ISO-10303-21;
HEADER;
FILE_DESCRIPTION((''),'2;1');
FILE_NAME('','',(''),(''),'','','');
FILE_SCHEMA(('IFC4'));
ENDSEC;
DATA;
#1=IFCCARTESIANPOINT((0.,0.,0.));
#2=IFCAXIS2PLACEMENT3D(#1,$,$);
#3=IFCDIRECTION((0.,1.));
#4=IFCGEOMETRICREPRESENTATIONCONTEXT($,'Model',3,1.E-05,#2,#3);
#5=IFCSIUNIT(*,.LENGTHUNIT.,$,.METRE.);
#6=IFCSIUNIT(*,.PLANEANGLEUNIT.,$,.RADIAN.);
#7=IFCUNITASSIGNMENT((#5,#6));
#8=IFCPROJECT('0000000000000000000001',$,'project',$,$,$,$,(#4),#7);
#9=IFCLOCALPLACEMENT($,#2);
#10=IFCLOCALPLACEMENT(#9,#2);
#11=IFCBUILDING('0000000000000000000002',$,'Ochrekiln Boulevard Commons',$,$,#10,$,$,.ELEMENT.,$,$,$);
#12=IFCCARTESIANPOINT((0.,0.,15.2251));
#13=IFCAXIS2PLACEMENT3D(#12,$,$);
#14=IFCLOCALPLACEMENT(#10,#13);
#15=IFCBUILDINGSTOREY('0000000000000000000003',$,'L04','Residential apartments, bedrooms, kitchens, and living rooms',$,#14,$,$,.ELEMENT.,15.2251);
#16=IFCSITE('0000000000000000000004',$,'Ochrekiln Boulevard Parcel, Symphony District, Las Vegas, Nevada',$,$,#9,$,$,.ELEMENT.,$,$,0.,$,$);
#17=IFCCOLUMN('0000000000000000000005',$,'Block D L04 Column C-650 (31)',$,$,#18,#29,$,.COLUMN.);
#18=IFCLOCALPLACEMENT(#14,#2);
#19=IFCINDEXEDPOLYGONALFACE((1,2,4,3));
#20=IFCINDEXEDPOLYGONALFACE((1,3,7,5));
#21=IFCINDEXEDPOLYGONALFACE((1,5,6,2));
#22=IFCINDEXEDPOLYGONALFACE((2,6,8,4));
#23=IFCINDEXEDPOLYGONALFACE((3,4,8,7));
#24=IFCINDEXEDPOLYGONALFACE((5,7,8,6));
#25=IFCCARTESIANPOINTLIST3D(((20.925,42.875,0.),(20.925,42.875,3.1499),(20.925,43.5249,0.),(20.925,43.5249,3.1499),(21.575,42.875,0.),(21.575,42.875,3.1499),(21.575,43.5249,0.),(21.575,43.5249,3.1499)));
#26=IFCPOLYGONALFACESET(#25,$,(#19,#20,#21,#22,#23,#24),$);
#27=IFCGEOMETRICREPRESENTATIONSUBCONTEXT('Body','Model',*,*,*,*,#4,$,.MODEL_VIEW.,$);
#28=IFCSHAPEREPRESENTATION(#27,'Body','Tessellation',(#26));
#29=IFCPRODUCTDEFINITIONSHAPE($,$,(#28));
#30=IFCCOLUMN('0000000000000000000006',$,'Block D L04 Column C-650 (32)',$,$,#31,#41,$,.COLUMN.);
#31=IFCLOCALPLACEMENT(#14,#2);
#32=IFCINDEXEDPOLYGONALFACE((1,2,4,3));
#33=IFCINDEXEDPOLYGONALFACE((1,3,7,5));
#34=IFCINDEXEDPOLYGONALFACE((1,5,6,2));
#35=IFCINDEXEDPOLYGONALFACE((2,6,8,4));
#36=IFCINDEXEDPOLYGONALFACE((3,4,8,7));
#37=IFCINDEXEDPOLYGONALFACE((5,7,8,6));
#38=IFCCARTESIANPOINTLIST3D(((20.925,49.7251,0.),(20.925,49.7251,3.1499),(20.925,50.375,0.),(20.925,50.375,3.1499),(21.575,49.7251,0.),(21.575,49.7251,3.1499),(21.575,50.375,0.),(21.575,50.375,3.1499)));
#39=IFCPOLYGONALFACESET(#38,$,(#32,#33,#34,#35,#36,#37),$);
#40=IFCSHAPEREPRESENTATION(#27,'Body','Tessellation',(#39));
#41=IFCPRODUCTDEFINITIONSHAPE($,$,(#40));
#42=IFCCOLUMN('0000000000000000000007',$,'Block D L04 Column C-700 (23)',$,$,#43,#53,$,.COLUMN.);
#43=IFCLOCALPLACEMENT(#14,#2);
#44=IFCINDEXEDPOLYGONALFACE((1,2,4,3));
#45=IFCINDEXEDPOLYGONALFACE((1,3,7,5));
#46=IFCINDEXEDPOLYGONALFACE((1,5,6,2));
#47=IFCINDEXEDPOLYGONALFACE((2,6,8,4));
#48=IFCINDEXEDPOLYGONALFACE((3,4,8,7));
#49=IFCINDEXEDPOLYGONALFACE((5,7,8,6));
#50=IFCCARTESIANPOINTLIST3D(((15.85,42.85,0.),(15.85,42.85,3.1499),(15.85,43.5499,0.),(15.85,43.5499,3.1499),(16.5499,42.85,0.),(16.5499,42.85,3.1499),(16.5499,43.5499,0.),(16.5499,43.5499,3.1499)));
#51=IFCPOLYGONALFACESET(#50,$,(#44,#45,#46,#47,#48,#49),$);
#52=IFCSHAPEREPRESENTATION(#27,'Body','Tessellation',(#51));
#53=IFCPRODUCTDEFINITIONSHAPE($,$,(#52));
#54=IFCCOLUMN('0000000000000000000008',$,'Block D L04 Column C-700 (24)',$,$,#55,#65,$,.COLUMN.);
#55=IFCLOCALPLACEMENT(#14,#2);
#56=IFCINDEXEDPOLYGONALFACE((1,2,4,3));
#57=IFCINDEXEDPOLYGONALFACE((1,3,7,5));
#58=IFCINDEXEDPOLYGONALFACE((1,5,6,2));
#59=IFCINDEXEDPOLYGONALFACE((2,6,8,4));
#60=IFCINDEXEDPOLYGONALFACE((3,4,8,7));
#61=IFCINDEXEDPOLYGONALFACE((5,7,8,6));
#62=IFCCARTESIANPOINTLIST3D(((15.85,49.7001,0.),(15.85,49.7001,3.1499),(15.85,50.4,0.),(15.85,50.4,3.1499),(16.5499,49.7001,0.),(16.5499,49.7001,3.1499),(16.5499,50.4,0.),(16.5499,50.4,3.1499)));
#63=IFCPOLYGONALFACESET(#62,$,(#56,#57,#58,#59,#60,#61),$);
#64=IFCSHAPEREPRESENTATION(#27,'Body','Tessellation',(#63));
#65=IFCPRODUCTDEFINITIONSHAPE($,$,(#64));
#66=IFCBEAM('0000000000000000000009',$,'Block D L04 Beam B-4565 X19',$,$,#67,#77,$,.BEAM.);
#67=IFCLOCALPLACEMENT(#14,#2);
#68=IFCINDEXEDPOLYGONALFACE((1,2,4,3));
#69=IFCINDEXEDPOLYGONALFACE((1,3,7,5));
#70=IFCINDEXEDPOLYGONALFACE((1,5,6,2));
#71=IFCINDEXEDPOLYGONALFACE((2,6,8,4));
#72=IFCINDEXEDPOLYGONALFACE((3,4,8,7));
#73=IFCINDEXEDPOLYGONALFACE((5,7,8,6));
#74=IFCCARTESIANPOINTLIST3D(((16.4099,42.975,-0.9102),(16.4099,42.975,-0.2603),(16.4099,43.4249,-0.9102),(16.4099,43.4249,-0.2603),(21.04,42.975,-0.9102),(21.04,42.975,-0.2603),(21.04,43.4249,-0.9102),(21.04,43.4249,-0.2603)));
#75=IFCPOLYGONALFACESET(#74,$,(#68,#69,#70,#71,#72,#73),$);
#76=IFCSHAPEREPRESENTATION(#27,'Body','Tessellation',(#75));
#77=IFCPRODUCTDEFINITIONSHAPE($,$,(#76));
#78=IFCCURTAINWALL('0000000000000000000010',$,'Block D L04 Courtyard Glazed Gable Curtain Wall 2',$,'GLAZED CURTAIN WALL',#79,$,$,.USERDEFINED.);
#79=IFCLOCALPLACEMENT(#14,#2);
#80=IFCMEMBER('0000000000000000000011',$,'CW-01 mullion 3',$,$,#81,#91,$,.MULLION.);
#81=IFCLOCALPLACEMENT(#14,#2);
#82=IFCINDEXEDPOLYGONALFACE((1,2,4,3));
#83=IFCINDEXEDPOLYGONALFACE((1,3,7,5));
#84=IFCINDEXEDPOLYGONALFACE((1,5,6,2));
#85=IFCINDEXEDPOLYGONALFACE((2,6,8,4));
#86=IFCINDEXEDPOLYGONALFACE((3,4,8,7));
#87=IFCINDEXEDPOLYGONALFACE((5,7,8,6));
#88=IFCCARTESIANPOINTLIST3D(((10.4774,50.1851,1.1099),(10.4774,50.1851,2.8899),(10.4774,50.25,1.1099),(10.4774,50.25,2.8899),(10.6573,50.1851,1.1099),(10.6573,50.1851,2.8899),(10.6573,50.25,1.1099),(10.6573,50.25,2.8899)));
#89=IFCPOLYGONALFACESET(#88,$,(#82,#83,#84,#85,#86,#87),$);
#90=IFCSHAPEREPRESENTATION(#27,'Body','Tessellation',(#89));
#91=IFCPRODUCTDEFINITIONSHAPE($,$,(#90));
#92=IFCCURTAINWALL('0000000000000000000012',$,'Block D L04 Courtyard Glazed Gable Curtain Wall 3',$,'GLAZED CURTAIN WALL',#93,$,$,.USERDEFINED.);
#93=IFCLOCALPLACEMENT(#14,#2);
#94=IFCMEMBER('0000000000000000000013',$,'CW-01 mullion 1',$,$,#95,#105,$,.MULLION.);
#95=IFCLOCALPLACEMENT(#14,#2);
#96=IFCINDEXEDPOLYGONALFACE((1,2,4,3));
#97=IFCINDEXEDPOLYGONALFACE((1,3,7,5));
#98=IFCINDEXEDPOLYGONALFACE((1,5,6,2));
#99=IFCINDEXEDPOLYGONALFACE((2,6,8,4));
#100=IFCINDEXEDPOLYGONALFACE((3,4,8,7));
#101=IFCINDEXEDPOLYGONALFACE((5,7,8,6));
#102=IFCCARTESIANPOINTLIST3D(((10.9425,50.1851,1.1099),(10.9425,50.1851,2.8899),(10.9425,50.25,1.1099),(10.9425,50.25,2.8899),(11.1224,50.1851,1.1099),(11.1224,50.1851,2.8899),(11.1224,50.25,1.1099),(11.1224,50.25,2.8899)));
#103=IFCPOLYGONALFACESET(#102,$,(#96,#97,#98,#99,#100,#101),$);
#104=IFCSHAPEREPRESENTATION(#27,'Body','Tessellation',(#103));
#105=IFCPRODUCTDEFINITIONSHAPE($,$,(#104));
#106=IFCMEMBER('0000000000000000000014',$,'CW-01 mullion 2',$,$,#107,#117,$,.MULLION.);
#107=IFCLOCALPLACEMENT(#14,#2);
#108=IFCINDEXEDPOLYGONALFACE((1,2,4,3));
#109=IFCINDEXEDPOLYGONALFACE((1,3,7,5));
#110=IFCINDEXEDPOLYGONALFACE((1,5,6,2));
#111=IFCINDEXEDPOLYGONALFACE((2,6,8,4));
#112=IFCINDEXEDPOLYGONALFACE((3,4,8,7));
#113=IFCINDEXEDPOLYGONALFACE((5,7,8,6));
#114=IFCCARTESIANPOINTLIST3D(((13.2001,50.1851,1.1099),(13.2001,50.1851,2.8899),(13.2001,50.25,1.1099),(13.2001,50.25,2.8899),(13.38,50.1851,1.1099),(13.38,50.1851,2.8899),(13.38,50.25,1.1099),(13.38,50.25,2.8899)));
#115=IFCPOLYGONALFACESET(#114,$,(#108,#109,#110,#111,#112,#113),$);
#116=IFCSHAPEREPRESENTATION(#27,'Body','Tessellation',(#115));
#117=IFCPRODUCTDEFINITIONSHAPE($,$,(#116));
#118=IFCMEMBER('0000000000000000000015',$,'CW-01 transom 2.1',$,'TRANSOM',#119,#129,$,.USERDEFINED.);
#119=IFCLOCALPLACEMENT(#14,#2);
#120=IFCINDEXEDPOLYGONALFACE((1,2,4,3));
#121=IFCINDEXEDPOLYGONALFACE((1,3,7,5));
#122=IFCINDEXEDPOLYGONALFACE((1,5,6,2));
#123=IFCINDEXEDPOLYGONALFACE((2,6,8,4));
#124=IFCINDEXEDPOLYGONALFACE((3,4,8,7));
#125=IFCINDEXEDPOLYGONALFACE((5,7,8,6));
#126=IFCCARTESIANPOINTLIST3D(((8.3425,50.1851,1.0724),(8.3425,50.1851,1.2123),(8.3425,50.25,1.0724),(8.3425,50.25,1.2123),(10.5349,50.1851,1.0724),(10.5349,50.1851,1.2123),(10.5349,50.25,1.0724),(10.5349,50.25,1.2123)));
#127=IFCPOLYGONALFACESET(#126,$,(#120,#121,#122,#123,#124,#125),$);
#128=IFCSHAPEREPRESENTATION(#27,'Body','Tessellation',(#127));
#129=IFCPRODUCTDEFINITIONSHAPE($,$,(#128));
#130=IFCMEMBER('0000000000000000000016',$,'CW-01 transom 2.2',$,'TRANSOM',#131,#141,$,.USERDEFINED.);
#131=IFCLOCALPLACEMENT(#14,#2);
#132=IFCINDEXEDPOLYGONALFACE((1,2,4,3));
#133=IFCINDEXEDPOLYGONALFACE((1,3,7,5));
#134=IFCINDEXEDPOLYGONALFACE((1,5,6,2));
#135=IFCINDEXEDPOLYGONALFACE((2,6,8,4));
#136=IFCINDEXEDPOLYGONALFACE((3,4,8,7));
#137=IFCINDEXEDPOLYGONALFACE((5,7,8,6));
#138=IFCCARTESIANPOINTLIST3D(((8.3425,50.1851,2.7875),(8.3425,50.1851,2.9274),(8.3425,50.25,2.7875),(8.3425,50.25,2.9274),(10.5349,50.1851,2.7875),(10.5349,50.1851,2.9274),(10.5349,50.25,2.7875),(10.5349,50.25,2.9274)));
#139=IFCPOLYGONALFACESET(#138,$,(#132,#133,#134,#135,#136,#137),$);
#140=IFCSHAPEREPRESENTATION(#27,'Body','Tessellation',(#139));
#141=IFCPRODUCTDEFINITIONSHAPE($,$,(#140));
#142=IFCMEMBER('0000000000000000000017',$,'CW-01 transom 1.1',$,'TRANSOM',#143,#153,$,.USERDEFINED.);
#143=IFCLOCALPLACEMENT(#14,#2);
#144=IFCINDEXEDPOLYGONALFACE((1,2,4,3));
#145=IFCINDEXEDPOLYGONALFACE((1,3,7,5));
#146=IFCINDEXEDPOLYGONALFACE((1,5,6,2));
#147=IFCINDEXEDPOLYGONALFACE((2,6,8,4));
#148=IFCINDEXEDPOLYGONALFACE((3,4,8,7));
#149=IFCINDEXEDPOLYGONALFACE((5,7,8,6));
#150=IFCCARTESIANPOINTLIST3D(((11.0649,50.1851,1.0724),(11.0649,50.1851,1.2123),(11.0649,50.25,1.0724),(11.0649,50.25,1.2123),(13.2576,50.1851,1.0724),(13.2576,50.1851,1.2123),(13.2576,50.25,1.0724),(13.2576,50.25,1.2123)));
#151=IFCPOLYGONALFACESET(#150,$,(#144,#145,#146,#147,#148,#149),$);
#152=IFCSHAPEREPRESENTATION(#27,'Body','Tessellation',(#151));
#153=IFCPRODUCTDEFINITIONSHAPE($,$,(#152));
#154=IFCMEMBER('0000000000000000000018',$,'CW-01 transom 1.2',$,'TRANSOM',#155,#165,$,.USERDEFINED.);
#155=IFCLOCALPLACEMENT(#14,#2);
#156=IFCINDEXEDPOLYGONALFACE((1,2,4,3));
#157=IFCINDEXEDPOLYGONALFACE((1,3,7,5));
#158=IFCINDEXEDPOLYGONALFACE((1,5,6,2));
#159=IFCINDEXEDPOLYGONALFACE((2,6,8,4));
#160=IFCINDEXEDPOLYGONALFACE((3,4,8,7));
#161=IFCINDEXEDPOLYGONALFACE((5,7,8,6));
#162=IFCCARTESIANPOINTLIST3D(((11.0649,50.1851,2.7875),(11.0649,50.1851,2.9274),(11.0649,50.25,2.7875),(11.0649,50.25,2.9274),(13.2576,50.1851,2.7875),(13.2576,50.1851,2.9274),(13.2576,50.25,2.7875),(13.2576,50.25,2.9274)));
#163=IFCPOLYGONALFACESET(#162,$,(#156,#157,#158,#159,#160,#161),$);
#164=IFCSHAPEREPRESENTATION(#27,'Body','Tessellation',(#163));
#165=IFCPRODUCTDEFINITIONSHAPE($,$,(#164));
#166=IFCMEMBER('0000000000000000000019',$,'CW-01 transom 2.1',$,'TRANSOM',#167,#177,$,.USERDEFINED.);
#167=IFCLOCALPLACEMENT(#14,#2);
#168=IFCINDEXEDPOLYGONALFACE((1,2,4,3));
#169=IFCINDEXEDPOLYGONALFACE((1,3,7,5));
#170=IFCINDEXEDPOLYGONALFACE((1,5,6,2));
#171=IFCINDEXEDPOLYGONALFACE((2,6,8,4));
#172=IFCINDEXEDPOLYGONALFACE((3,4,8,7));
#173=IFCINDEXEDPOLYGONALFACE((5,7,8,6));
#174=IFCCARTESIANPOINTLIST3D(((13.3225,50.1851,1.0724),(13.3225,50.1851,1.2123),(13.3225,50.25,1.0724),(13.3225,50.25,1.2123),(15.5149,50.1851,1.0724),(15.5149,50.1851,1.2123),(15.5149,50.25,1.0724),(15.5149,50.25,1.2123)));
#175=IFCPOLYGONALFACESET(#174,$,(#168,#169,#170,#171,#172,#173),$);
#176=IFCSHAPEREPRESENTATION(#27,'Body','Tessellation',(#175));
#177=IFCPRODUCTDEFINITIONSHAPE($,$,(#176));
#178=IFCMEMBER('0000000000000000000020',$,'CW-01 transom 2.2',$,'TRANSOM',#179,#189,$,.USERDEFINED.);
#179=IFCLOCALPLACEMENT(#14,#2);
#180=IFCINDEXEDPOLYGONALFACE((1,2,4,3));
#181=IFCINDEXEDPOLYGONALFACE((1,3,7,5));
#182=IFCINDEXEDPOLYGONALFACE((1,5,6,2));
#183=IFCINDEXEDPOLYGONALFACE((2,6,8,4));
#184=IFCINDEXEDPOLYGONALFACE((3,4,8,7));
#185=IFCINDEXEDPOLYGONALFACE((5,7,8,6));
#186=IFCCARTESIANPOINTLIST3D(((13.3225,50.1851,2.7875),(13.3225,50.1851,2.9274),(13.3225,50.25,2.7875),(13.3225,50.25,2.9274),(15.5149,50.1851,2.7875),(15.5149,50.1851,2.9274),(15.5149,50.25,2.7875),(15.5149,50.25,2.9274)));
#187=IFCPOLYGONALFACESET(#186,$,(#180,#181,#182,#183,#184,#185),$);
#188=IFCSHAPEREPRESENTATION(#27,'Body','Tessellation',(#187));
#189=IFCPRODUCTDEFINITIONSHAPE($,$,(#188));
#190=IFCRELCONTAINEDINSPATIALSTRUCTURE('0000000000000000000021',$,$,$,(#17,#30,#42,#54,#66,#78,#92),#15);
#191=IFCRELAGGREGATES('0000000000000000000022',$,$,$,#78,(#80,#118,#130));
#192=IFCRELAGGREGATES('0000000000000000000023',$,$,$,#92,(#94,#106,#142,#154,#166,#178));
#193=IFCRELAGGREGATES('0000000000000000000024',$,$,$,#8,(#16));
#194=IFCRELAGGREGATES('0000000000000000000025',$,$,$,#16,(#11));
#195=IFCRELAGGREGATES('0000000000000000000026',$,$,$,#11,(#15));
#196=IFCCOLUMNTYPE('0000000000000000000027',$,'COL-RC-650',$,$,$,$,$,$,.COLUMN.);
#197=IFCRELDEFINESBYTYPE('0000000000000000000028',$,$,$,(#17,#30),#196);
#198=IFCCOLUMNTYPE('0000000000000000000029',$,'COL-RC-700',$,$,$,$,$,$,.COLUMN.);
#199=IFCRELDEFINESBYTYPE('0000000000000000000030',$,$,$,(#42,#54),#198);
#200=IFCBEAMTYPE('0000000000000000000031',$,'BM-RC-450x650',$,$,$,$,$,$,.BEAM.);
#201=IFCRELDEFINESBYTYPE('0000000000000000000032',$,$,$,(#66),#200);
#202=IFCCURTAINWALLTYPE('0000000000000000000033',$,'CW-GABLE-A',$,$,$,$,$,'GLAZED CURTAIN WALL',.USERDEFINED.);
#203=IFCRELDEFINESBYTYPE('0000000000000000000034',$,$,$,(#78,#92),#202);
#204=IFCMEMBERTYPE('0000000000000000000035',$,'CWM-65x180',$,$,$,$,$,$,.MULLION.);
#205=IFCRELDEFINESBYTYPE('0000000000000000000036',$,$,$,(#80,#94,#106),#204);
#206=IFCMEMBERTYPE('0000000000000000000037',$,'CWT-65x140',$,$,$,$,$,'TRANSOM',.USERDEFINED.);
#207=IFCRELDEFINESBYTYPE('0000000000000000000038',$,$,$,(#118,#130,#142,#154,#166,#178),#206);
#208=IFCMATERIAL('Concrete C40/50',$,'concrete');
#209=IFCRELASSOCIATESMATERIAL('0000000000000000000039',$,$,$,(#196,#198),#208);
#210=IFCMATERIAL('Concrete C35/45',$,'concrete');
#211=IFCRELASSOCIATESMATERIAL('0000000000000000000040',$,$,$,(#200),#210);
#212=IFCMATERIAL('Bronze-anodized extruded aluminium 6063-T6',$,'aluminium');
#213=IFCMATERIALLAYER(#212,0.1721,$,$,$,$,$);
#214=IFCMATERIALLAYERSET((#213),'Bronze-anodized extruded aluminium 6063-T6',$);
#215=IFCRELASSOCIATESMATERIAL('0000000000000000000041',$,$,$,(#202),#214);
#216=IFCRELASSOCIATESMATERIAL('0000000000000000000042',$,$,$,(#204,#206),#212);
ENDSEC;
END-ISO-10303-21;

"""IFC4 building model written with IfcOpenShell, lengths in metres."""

from ifc_helpers import new_model, si_unit, direction, frame, origin, origin_2d, place, context, subcontext, project, spatial, rectangle, extrude, material, layer, layer_set, material_profile, profile_set, type_object, element, aggregate, save


model = new_model("IFC4")

# Units and contexts
model_context = context("Model", 3, precision=1e-05, world=origin(), true_north=direction((0.0, 1.0)))
body_context = subcontext(model_context, "Body", "Model", "MODEL_VIEW")
ifc_project = project(units=[si_unit("LENGTHUNIT", "METRE"), si_unit("PLANEANGLEUNIT", "RADIAN")], contexts=[model_context])

# Site, building, storey
site_placement = place(None, origin())
site = spatial("IfcSite", under=ifc_project, at=site_placement, Name="Ochrekiln Boulevard Parcel, Symphony District, Las Vegas, Nevada", CompositionType="ELEMENT", RefElevation=0.0)
building_placement = place(site_placement, origin())
building = spatial("IfcBuilding", under=site, at=building_placement, Name="Ochrekiln Boulevard Commons", CompositionType="ELEMENT")
storey_placement = place(building_placement, frame((0.0, 0.0, 15.2251)))
storey = spatial("IfcBuildingStorey", under=building, at=storey_placement, Name="L04", Description="Residential apartments, bedrooms, kitchens, and living rooms", CompositionType="ELEMENT", Elevation=15.2251)

# Columns
ifc_material_1 = material(Name="Concrete C40/50", Category="concrete")
ifc_material_profile_1 = material_profile(ifc_material_1, rectangle(XDim=0.6499, YDim=0.6499, at=origin_2d()), Name="RC-COL-650x650")
ifc_profile_set_1 = profile_set([ifc_material_profile_1], Name="Concrete C40/50")
column_type_1 = type_object("IfcColumnType", Name="COL-RC-650", PredefinedType="COLUMN", material=ifc_profile_set_1)
for number, where, z_axis, x_axis, name in (
    (1, (21.25, 43.2, 0.0), (0.0, 0.0, 1.0), (1.0, 0.0, 0.0), "Block D L04 Column C-650 (31)"),
    (2, (21.25, 50.05, 0.0), (0.0, 0.0, 1.0), (1.0, 0.0, 0.0), "Block D L04 Column C-650 (32)"),
):
    element("IfcColumn", number, at=place(storey_placement, frame(where, z_axis=z_axis, x_axis=x_axis)), inside=storey, type_object=column_type_1, Name=name, PredefinedType="COLUMN", context=body_context, shape_type="SweptSolid", body=[
        extrude(rectangle(XDim=0.6499, YDim=0.6499, at=origin_2d()), origin(), (0.0, 0.0, 1.0), 3.1499),
    ])
ifc_material_profile_2 = material_profile(ifc_material_1, rectangle(XDim=0.7, YDim=0.7, at=origin_2d()), Name="RC-COL-700x700")
ifc_profile_set_2 = profile_set([ifc_material_profile_2], Name="Concrete C40/50")
column_type_2 = type_object("IfcColumnType", Name="COL-RC-700", PredefinedType="COLUMN", material=ifc_profile_set_2)
for number, where, z_axis, x_axis, name in (
    (3, (16.2, 43.2, 0.0), (0.0, 0.0, 1.0), (1.0, 0.0, 0.0), "Block D L04 Column C-700 (23)"),
    (4, (16.2, 50.05, 0.0), (0.0, 0.0, 1.0), (1.0, 0.0, 0.0), "Block D L04 Column C-700 (24)"),
):
    element("IfcColumn", number, at=place(storey_placement, frame(where, z_axis=z_axis, x_axis=x_axis)), inside=storey, type_object=column_type_2, Name=name, PredefinedType="COLUMN", context=body_context, shape_type="SweptSolid", body=[
        extrude(rectangle(XDim=0.7, YDim=0.7, at=origin_2d()), origin(), (0.0, 0.0, 1.0), 3.1499),
    ])

# Beam
ifc_material_2 = material(Name="Concrete C35/45", Category="concrete")
ifc_material_profile_3 = material_profile(ifc_material_2, rectangle(XDim=0.45, YDim=0.6499, at=origin_2d()), Name="RC-BM-450x650")
ifc_profile_set_3 = profile_set([ifc_material_profile_3], Name="Concrete C35/45")
beam_type_1 = type_object("IfcBeamType", Name="BM-RC-450x650", PredefinedType="BEAM", material=ifc_profile_set_3)
beam_1_placement = place(storey_placement, frame((16.4099, 43.2, -0.5852), z_axis=(1.0, 0.0, 0.0), x_axis=(0.0, 1.0, 0.0)))
element("IfcBeam", 5, at=beam_1_placement, inside=storey, type_object=beam_type_1, Name="Block D L04 Beam B-4565 X19", PredefinedType="BEAM", context=body_context, shape_type="SweptSolid", body=[
    extrude(rectangle(XDim=0.45, YDim=0.6499, at=origin_2d()), origin(), (0.0, 0.0, 1.0), 4.6301),
])

# Curtain wall, member
ifc_material_3 = material(Name="Bronze-anodized extruded aluminium 6063-T6", Category="aluminium")
ifc_layer_1 = layer(ifc_material_3, 0.1721)
ifc_layer_set_1 = layer_set([ifc_layer_1], Name="Bronze-anodized extruded aluminium 6063-T6")
curtain_wall_type = type_object("IfcCurtainWallType", Name="CW-GABLE-A", ElementType="GLAZED CURTAIN WALL", PredefinedType="USERDEFINED", material=ifc_layer_set_1)
curtain_wall_1_placement = place(storey_placement, origin())
curtain_wall_1 = element("IfcCurtainWall", 6, at=curtain_wall_1_placement, inside=storey, type_object=curtain_wall_type, Name="Block D L04 Courtyard Glazed Gable Curtain Wall 2", ObjectType="GLAZED CURTAIN WALL", PredefinedType="USERDEFINED")
ifc_material_profile_4 = material_profile(ifc_material_3, rectangle(XDim=0.0649, YDim=0.1799, at=origin_2d()), Name="ALU-MUL-65x180")
ifc_profile_set_4 = profile_set([ifc_material_profile_4], Name="Bronze-anodized extruded aluminium 6063-T6")
member_type_1 = type_object("IfcMemberType", Name="CWM-65x180", PredefinedType="MULLION", material=ifc_profile_set_4)
member_1_placement = place(storey_placement, frame((10.5674, 50.2175, 1.1099), z_axis=(0.0, 0.0, 1.0), x_axis=(0.0, 1.0, 0.0)))
member_1 = element("IfcMember", 7, at=member_1_placement, type_object=member_type_1, Name="CW-01 mullion 3", PredefinedType="MULLION", context=body_context, shape_type="SweptSolid", body=[
    extrude(rectangle(XDim=0.0649, YDim=0.1799, at=origin_2d()), origin(), (0.0, 0.0, 1.0), 1.78),
])

# Curtain wall, members
curtain_wall_2_placement = place(storey_placement, origin())
curtain_wall_2 = element("IfcCurtainWall", 8, at=curtain_wall_2_placement, inside=storey, type_object=curtain_wall_type, Name="Block D L04 Courtyard Glazed Gable Curtain Wall 3", ObjectType="GLAZED CURTAIN WALL", PredefinedType="USERDEFINED")
member_2_placement = place(storey_placement, frame((11.0325, 50.2175, 1.1099), z_axis=(0.0, 0.0, 1.0), x_axis=(0.0, 1.0, 0.0)))
member_2 = element("IfcMember", 9, at=member_2_placement, type_object=member_type_1, Name="CW-01 mullion 1", PredefinedType="MULLION", context=body_context, shape_type="SweptSolid", body=[
    extrude(rectangle(XDim=0.0649, YDim=0.1799, at=origin_2d()), origin(), (0.0, 0.0, 1.0), 1.78),
])
member_3_placement = place(storey_placement, frame((13.29, 50.2175, 1.1099), z_axis=(0.0, 0.0, 1.0), x_axis=(0.0, 1.0, 0.0)))
member_3 = element("IfcMember", 10, at=member_3_placement, type_object=member_type_1, Name="CW-01 mullion 2", PredefinedType="MULLION", context=body_context, shape_type="SweptSolid", body=[
    extrude(rectangle(XDim=0.0649, YDim=0.1799, at=origin_2d()), origin(), (0.0, 0.0, 1.0), 1.78),
])

# Members
ifc_material_profile_5 = material_profile(ifc_material_3, rectangle(XDim=0.0649, YDim=0.1399, at=origin_2d()), Name="ALU-TRN-65x140")
ifc_profile_set_5 = profile_set([ifc_material_profile_5], Name="Bronze-anodized extruded aluminium 6063-T6")
member_type_2 = type_object("IfcMemberType", Name="CWT-65x140", ElementType="TRANSOM", PredefinedType="USERDEFINED", material=ifc_profile_set_5)
member_4_placement = place(storey_placement, frame((8.3425, 50.2175, 1.1423), z_axis=(1.0, 0.0, 0.0), x_axis=(0.0, 1.0, 0.0)))
member_4 = element("IfcMember", 11, at=member_4_placement, type_object=member_type_2, Name="CW-01 transom 2.1", ObjectType="TRANSOM", PredefinedType="USERDEFINED", context=body_context, shape_type="SweptSolid", body=[
    extrude(rectangle(XDim=0.0649, YDim=0.1399, at=origin_2d()), origin(), (0.0, 0.0, 1.0), 2.1924),
])
member_5_placement = place(storey_placement, frame((8.3425, 50.2175, 2.8574), z_axis=(1.0, 0.0, 0.0), x_axis=(0.0, 1.0, 0.0)))
member_5 = element("IfcMember", 12, at=member_5_placement, type_object=member_type_2, Name="CW-01 transom 2.2", ObjectType="TRANSOM", PredefinedType="USERDEFINED", context=body_context, shape_type="SweptSolid", body=[
    extrude(rectangle(XDim=0.0649, YDim=0.1399, at=origin_2d()), origin(), (0.0, 0.0, 1.0), 2.1924),
])
member_6_placement = place(storey_placement, frame((11.0649, 50.2175, 1.1423), z_axis=(1.0, 0.0, 0.0), x_axis=(0.0, 1.0, 0.0)))
member_6 = element("IfcMember", 13, at=member_6_placement, type_object=member_type_2, Name="CW-01 transom 1.1", ObjectType="TRANSOM", PredefinedType="USERDEFINED", context=body_context, shape_type="SweptSolid", body=[
    extrude(rectangle(XDim=0.0649, YDim=0.1399, at=origin_2d()), origin(), (0.0, 0.0, 1.0), 2.1926),
])
member_7_placement = place(storey_placement, frame((11.0649, 50.2175, 2.8574), z_axis=(1.0, 0.0, 0.0), x_axis=(0.0, 1.0, 0.0)))
member_7 = element("IfcMember", 14, at=member_7_placement, type_object=member_type_2, Name="CW-01 transom 1.2", ObjectType="TRANSOM", PredefinedType="USERDEFINED", context=body_context, shape_type="SweptSolid", body=[
    extrude(rectangle(XDim=0.0649, YDim=0.1399, at=origin_2d()), origin(), (0.0, 0.0, 1.0), 2.1926),
])
member_8_placement = place(storey_placement, frame((13.3225, 50.2175, 1.1423), z_axis=(1.0, 0.0, 0.0), x_axis=(0.0, 1.0, 0.0)))
member_8 = element("IfcMember", 15, at=member_8_placement, type_object=member_type_2, Name="CW-01 transom 2.1", ObjectType="TRANSOM", PredefinedType="USERDEFINED", context=body_context, shape_type="SweptSolid", body=[
    extrude(rectangle(XDim=0.0649, YDim=0.1399, at=origin_2d()), origin(), (0.0, 0.0, 1.0), 2.1924),
])
member_9_placement = place(storey_placement, frame((13.3225, 50.2175, 2.8574), z_axis=(1.0, 0.0, 0.0), x_axis=(0.0, 1.0, 0.0)))
member_9 = element("IfcMember", 16, at=member_9_placement, type_object=member_type_2, Name="CW-01 transom 2.2", ObjectType="TRANSOM", PredefinedType="USERDEFINED", context=body_context, shape_type="SweptSolid", body=[
    extrude(rectangle(XDim=0.0649, YDim=0.1399, at=origin_2d()), origin(), (0.0, 0.0, 1.0), 2.1924),
])

aggregate(curtain_wall_1, [member_1, member_4, member_5])
aggregate(curtain_wall_2, [member_2, member_3, member_6, member_7, member_8, member_9])

save(model, "model.ifc")
